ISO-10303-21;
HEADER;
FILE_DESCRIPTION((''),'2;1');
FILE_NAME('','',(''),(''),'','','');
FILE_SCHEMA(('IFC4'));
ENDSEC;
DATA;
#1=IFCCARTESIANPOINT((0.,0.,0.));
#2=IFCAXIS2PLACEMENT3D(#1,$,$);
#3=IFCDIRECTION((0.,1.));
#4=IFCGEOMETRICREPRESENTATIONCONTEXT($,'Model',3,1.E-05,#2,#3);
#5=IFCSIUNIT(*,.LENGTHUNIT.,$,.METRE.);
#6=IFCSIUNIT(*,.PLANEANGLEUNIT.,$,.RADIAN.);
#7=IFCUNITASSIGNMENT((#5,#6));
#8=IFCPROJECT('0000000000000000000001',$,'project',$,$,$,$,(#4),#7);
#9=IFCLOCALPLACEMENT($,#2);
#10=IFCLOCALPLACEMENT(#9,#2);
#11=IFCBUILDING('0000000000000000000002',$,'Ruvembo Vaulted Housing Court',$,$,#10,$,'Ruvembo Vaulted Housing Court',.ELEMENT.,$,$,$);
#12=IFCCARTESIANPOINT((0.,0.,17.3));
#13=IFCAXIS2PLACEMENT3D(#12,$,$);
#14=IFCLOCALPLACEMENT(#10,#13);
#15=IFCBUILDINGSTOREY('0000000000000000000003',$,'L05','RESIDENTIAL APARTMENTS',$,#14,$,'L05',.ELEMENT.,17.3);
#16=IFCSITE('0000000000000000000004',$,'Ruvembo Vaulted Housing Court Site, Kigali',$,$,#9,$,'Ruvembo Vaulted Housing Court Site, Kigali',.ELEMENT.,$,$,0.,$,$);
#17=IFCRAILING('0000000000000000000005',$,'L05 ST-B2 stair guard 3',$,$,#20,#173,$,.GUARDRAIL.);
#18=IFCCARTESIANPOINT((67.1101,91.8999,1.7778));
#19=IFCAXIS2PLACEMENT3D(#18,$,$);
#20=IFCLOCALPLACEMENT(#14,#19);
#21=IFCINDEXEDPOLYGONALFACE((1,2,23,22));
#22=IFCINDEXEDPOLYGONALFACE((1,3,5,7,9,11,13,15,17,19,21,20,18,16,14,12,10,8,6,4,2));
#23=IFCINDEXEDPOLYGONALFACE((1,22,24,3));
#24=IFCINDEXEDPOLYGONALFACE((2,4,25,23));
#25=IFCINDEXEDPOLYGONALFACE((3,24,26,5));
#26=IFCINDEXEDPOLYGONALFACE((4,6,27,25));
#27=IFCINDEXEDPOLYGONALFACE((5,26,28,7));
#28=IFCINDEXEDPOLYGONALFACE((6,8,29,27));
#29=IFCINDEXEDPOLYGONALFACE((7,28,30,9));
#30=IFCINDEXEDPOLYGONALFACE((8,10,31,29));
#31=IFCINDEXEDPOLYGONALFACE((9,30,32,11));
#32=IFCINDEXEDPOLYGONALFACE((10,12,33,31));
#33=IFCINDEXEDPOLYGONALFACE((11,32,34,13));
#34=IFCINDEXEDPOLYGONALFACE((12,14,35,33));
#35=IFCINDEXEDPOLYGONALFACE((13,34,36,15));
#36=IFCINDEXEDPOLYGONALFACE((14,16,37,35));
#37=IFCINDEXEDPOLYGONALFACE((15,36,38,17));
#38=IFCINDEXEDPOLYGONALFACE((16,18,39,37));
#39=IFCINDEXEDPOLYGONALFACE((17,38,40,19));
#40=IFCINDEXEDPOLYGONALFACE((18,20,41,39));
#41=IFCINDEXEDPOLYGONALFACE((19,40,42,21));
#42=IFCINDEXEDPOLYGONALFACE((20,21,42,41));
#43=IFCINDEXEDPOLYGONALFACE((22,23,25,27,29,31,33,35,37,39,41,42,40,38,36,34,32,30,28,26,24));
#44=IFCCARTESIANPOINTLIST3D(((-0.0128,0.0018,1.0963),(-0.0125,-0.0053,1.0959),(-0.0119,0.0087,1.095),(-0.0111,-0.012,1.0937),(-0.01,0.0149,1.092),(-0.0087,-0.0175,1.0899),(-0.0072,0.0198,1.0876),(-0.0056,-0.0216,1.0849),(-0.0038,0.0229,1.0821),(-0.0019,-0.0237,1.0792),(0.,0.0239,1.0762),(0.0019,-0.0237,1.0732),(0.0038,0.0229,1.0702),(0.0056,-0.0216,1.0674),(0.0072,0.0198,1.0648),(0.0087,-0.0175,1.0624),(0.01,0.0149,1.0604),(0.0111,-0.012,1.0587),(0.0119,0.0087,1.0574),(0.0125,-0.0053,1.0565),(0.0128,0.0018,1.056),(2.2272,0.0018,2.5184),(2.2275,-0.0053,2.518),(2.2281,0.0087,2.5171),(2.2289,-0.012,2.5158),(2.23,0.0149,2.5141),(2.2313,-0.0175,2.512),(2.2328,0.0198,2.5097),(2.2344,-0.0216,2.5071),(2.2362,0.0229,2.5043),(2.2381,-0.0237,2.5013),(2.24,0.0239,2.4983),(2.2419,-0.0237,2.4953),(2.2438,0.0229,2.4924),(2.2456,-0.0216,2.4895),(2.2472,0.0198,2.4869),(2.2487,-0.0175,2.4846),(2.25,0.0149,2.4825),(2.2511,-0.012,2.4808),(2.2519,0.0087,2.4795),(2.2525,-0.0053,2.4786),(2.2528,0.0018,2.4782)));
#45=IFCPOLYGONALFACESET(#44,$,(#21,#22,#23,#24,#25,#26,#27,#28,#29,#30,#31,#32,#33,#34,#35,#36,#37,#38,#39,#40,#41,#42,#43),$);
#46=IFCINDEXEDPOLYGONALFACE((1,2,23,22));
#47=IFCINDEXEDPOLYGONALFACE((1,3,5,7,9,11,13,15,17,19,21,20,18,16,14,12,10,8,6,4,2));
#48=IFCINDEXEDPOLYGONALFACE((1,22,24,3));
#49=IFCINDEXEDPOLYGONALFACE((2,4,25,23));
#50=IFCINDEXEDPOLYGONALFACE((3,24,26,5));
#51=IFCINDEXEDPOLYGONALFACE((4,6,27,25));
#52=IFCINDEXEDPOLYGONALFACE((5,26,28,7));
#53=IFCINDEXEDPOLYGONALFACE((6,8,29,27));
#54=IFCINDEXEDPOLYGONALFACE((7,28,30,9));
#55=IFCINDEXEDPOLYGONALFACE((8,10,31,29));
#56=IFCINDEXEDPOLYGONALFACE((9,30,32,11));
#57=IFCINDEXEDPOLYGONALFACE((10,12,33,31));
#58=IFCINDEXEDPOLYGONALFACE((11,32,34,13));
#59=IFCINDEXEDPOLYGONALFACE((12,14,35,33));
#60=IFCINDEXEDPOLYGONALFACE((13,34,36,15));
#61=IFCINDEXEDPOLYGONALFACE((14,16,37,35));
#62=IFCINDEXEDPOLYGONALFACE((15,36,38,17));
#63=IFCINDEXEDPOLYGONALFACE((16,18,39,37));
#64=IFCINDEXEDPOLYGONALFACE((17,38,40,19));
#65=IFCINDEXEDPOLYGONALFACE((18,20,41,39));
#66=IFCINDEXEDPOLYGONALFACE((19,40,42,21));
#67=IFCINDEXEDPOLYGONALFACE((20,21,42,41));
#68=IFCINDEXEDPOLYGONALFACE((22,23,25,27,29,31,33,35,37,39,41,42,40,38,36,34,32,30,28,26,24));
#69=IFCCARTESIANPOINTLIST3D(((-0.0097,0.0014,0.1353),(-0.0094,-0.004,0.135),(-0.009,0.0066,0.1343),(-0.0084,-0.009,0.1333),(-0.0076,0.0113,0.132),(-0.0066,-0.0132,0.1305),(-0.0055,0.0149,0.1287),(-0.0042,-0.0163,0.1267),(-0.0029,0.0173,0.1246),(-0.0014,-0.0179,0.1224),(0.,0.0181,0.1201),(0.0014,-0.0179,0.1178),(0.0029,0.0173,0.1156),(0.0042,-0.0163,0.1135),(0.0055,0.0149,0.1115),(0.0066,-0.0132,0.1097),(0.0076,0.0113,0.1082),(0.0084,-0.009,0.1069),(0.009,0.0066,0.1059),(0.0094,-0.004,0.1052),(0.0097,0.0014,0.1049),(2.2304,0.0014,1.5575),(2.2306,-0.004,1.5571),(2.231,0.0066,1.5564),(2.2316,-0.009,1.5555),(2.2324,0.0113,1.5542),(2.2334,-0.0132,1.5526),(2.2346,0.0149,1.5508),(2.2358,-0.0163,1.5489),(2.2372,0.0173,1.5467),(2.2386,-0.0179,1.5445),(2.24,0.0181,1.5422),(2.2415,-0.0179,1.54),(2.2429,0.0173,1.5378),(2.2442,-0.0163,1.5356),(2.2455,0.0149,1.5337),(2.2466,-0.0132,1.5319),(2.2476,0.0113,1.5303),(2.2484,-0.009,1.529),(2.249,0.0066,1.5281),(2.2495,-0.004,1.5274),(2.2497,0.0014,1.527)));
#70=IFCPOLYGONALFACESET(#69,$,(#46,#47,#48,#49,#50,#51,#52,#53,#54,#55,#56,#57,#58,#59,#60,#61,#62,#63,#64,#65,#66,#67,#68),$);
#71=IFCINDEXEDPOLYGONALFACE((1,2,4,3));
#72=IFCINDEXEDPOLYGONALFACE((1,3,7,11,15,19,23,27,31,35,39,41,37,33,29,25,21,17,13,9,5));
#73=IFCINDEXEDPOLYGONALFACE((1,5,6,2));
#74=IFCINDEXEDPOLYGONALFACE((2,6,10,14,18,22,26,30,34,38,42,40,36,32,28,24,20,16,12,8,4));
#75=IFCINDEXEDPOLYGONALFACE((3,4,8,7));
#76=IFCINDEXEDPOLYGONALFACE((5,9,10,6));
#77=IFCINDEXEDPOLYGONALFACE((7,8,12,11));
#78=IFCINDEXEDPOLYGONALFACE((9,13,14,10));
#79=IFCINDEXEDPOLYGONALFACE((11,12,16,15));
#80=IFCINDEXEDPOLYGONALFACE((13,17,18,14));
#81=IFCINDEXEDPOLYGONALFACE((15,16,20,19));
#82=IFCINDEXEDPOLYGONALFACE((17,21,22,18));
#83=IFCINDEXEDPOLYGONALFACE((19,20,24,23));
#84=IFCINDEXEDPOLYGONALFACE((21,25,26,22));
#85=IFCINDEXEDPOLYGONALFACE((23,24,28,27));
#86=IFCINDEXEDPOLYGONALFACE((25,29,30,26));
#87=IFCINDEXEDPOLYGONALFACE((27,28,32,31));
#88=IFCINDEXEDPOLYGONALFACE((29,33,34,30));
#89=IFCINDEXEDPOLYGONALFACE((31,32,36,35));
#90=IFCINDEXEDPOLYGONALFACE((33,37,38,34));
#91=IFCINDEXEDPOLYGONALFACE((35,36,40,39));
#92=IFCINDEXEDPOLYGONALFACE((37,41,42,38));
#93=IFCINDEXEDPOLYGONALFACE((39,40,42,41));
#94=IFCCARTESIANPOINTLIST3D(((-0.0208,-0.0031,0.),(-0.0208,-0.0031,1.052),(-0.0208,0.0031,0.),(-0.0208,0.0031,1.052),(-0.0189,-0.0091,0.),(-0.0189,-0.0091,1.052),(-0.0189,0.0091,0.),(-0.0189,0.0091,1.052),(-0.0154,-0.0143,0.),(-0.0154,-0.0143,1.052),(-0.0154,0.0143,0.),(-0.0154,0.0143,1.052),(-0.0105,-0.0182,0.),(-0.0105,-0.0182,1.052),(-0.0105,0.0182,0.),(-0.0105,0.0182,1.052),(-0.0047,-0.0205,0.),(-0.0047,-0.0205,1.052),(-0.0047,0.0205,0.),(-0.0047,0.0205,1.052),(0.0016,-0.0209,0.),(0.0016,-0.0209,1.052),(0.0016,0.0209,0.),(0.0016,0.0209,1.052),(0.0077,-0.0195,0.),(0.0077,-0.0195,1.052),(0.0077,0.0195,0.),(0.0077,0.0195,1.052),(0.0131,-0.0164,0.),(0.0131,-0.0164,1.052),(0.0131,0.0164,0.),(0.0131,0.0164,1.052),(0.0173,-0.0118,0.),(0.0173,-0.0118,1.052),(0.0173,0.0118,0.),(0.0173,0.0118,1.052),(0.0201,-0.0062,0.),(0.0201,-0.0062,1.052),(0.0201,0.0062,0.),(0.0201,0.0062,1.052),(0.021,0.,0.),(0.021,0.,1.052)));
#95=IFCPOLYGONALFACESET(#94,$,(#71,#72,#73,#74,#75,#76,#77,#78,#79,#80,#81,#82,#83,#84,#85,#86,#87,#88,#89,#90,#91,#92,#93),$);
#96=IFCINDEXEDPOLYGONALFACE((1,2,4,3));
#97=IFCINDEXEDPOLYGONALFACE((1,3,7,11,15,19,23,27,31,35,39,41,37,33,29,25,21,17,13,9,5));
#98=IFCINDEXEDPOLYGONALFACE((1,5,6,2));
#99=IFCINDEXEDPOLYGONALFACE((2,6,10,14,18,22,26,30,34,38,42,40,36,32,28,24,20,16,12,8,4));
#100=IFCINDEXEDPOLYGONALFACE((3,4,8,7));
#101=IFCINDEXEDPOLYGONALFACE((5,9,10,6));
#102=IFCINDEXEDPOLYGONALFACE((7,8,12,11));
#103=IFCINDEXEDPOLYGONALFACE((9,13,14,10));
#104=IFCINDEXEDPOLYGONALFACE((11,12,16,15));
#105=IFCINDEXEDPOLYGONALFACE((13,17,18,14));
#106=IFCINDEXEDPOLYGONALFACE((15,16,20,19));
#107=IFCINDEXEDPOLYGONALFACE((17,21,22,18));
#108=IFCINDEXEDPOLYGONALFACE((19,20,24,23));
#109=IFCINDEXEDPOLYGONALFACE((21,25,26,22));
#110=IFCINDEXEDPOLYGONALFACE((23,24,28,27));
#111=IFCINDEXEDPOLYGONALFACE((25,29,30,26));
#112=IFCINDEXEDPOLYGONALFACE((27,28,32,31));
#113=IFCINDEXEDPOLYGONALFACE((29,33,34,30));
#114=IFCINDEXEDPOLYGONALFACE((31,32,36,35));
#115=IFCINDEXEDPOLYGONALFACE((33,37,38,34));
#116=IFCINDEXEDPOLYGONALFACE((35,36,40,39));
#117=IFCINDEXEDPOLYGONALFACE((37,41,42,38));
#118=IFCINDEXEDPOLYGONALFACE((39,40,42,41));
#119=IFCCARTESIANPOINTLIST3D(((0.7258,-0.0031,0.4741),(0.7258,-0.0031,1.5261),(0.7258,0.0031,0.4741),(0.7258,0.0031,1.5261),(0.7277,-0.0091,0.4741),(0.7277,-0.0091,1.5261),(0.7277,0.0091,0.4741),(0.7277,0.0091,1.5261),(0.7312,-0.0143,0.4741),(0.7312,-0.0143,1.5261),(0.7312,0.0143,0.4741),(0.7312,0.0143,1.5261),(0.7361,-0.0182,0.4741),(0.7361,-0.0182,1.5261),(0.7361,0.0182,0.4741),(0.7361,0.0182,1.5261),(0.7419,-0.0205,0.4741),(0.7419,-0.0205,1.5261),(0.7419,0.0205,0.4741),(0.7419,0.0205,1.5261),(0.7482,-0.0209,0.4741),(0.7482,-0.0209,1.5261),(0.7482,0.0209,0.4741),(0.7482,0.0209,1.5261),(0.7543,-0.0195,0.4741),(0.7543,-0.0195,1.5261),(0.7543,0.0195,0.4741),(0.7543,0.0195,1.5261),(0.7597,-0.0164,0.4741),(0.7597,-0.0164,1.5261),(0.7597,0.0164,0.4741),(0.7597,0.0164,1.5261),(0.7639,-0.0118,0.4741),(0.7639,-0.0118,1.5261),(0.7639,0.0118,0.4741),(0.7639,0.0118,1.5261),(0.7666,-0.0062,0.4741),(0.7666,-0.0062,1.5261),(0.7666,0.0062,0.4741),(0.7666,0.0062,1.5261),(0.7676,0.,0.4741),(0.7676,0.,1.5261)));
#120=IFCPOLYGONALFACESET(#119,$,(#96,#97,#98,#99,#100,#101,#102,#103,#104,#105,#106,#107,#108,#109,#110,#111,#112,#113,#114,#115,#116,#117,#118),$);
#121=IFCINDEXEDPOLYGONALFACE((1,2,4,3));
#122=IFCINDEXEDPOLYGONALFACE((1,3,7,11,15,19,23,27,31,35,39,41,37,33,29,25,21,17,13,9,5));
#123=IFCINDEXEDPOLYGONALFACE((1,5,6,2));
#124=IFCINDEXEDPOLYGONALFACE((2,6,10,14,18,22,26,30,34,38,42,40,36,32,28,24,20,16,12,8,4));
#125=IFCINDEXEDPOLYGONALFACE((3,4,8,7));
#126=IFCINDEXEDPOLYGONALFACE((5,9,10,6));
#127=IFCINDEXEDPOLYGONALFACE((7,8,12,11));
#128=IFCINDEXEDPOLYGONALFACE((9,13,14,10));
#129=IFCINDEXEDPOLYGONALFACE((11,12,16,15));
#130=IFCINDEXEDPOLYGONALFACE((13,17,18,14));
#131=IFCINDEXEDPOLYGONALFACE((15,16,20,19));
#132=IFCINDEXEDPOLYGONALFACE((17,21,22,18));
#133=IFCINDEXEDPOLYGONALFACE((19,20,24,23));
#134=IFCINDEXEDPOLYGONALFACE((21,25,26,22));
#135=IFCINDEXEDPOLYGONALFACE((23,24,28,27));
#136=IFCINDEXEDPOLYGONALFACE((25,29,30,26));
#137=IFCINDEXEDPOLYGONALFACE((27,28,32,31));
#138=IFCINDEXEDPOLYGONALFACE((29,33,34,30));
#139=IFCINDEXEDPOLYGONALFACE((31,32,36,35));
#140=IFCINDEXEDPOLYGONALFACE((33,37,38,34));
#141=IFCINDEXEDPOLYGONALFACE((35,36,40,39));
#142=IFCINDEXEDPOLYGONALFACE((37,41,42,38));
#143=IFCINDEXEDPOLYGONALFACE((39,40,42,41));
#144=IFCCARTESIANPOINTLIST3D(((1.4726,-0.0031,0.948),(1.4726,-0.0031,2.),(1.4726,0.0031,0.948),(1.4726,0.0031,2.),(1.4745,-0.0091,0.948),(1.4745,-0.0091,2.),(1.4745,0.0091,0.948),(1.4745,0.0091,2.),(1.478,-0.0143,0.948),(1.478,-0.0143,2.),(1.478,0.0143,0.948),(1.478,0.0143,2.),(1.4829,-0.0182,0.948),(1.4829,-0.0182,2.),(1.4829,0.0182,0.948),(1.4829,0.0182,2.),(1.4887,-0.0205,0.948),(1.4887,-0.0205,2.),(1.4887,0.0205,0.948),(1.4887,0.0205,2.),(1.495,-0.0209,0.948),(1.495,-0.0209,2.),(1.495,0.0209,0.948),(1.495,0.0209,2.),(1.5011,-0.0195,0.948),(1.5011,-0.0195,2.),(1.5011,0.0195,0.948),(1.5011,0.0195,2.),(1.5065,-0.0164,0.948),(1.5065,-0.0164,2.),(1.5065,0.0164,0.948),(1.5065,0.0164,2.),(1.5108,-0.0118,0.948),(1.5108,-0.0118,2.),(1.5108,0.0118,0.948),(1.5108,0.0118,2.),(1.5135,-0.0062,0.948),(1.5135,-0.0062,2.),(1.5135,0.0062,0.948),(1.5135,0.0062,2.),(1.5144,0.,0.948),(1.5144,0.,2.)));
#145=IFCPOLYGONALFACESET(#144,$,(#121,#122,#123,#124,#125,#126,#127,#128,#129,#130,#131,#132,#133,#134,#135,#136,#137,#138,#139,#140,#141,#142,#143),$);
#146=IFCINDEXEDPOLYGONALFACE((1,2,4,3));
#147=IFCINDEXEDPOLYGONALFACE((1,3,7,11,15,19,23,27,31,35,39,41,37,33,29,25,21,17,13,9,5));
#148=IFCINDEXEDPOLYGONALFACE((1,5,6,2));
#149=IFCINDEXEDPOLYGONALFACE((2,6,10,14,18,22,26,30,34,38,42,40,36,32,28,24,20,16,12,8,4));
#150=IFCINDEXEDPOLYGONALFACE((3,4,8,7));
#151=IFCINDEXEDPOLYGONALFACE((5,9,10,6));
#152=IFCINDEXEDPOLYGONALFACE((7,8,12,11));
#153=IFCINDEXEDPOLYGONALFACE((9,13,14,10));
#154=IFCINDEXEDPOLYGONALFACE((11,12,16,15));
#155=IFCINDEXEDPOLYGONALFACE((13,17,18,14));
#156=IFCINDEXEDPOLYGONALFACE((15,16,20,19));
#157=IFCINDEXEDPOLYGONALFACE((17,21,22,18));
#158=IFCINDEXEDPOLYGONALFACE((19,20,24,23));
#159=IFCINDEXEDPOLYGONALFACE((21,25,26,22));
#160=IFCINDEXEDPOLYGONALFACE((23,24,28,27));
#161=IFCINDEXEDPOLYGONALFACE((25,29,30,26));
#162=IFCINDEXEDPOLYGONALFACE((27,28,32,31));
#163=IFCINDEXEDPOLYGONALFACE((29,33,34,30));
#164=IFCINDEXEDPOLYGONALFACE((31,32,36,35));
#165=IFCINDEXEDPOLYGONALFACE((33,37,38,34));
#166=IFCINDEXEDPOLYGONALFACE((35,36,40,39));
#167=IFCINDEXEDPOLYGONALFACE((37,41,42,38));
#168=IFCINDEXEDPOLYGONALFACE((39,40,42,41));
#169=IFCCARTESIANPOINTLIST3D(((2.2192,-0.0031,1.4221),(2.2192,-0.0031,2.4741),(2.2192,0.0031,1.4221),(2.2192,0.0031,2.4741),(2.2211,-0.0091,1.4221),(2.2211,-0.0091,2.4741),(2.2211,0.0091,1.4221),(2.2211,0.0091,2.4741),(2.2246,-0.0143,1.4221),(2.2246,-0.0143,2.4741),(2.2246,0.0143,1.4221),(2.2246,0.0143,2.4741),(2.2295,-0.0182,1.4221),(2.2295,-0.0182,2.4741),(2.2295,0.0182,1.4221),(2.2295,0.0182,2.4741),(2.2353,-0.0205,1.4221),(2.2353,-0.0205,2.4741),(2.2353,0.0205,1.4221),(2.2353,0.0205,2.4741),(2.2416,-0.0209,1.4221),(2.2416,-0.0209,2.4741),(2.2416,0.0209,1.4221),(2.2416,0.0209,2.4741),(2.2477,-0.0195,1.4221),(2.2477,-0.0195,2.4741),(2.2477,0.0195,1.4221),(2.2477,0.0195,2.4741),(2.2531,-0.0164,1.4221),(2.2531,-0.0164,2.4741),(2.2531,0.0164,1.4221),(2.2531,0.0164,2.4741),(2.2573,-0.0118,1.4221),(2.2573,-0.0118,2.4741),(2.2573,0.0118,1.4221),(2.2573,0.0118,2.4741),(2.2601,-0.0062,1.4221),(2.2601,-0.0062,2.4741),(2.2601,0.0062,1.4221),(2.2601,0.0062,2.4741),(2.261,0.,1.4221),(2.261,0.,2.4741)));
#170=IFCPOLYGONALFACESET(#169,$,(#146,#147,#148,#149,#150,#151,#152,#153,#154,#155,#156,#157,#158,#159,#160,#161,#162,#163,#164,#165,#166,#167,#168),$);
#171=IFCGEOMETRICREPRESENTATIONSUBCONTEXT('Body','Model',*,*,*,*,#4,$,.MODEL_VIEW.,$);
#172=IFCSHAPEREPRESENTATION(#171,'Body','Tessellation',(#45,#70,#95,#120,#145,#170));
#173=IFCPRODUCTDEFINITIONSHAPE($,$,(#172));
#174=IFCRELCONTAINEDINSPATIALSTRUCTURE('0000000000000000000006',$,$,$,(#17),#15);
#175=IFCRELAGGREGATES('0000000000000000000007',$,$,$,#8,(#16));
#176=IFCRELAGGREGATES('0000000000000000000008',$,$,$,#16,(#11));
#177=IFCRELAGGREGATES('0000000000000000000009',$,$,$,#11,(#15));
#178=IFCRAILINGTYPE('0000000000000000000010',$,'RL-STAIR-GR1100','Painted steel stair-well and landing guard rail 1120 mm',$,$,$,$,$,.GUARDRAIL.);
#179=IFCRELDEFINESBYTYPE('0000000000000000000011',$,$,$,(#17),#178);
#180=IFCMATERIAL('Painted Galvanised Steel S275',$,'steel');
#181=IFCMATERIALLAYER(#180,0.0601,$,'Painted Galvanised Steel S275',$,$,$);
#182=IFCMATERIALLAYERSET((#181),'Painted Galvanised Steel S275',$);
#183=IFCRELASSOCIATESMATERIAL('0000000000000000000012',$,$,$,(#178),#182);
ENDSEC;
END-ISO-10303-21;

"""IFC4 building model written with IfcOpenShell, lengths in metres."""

from ifc_helpers import new_model, si_unit, direction, frame, origin, origin_2d, place, context, subcontext, project, spatial, circle, extrude, material, layer, layer_set, type_object, element, save


model = new_model("IFC4")

# Units and contexts
model_context = context("Model", 3, precision=1e-05, world=origin(), true_north=direction((0.0, 1.0)))
body_context = subcontext(model_context, "Body", "Model", "MODEL_VIEW")
ifc_project = project(units=[si_unit("LENGTHUNIT", "METRE"), si_unit("PLANEANGLEUNIT", "RADIAN")], contexts=[model_context])

# Site, building, storey
site_placement = place(None, origin())
site = spatial("IfcSite", under=ifc_project, at=site_placement, Name="Ruvembo Vaulted Housing Court Site, Kigali", LongName="Ruvembo Vaulted Housing Court Site, Kigali", CompositionType="ELEMENT", RefElevation=0.0)
building_placement = place(site_placement, origin())
building = spatial("IfcBuilding", under=site, at=building_placement, Name="Ruvembo Vaulted Housing Court", LongName="Ruvembo Vaulted Housing Court", CompositionType="ELEMENT")
storey_placement = place(building_placement, frame((0.0, 0.0, 17.3)))
storey = spatial("IfcBuildingStorey", under=building, at=storey_placement, Name="L05", Description="RESIDENTIAL APARTMENTS", LongName="L05", CompositionType="ELEMENT", Elevation=17.3)

# Railing
ifc_material_1 = material(Name="Painted Galvanised Steel S275", Category="steel")
ifc_layer_1 = layer(ifc_material_1, 0.0601, Name="Painted Galvanised Steel S275")
ifc_layer_set_1 = layer_set([ifc_layer_1], Name="Painted Galvanised Steel S275")
railing_type_1 = type_object("IfcRailingType", Name="RL-STAIR-GR1100", Description="Painted steel stair-well and landing guard rail 1120 mm", PredefinedType="GUARDRAIL", material=ifc_layer_set_1)
railing_1_placement = place(storey_placement, frame((67.1101, 91.8999, 1.7778)))
element("IfcRailing", 1, at=railing_1_placement, inside=storey, type_object=railing_type_1, Name="L05 ST-B2 stair guard 3", PredefinedType="GUARDRAIL", context=body_context, shape_type="SweptSolid", body=[
    extrude(circle(Radius=0.0239, at=origin_2d()), frame((0.0, 0.0, 1.0762), z_axis=(0.844229, 0.0, 0.535982), x_axis=(0.0, 1.0, 0.0)), (0.0, 0.0, 1.0), 2.6533),
    extrude(circle(Radius=0.0181, at=origin_2d()), frame((0.0, 0.0, 0.1201), z_axis=(0.844229, 0.0, 0.535982), x_axis=(0.0, 1.0, 0.0)), (0.0, 0.0, 1.0), 2.6533),
    extrude(circle(Radius=0.021, at=origin_2d()), origin(), (0.0, 0.0, 1.0), 1.052),
    extrude(circle(Radius=0.021, at=origin_2d()), frame((0.7466, 0.0, 0.4741)), (0.0, 0.0, 1.0), 1.052),
    extrude(circle(Radius=0.021, at=origin_2d()), frame((1.4934, 0.0, 0.948)), (0.0, 0.0, 1.0), 1.052),
    extrude(circle(Radius=0.021, at=origin_2d()), frame((2.24, 0.0, 1.4221)), (0.0, 0.0, 1.0), 1.052),
])

save(model, "model.ifc")
